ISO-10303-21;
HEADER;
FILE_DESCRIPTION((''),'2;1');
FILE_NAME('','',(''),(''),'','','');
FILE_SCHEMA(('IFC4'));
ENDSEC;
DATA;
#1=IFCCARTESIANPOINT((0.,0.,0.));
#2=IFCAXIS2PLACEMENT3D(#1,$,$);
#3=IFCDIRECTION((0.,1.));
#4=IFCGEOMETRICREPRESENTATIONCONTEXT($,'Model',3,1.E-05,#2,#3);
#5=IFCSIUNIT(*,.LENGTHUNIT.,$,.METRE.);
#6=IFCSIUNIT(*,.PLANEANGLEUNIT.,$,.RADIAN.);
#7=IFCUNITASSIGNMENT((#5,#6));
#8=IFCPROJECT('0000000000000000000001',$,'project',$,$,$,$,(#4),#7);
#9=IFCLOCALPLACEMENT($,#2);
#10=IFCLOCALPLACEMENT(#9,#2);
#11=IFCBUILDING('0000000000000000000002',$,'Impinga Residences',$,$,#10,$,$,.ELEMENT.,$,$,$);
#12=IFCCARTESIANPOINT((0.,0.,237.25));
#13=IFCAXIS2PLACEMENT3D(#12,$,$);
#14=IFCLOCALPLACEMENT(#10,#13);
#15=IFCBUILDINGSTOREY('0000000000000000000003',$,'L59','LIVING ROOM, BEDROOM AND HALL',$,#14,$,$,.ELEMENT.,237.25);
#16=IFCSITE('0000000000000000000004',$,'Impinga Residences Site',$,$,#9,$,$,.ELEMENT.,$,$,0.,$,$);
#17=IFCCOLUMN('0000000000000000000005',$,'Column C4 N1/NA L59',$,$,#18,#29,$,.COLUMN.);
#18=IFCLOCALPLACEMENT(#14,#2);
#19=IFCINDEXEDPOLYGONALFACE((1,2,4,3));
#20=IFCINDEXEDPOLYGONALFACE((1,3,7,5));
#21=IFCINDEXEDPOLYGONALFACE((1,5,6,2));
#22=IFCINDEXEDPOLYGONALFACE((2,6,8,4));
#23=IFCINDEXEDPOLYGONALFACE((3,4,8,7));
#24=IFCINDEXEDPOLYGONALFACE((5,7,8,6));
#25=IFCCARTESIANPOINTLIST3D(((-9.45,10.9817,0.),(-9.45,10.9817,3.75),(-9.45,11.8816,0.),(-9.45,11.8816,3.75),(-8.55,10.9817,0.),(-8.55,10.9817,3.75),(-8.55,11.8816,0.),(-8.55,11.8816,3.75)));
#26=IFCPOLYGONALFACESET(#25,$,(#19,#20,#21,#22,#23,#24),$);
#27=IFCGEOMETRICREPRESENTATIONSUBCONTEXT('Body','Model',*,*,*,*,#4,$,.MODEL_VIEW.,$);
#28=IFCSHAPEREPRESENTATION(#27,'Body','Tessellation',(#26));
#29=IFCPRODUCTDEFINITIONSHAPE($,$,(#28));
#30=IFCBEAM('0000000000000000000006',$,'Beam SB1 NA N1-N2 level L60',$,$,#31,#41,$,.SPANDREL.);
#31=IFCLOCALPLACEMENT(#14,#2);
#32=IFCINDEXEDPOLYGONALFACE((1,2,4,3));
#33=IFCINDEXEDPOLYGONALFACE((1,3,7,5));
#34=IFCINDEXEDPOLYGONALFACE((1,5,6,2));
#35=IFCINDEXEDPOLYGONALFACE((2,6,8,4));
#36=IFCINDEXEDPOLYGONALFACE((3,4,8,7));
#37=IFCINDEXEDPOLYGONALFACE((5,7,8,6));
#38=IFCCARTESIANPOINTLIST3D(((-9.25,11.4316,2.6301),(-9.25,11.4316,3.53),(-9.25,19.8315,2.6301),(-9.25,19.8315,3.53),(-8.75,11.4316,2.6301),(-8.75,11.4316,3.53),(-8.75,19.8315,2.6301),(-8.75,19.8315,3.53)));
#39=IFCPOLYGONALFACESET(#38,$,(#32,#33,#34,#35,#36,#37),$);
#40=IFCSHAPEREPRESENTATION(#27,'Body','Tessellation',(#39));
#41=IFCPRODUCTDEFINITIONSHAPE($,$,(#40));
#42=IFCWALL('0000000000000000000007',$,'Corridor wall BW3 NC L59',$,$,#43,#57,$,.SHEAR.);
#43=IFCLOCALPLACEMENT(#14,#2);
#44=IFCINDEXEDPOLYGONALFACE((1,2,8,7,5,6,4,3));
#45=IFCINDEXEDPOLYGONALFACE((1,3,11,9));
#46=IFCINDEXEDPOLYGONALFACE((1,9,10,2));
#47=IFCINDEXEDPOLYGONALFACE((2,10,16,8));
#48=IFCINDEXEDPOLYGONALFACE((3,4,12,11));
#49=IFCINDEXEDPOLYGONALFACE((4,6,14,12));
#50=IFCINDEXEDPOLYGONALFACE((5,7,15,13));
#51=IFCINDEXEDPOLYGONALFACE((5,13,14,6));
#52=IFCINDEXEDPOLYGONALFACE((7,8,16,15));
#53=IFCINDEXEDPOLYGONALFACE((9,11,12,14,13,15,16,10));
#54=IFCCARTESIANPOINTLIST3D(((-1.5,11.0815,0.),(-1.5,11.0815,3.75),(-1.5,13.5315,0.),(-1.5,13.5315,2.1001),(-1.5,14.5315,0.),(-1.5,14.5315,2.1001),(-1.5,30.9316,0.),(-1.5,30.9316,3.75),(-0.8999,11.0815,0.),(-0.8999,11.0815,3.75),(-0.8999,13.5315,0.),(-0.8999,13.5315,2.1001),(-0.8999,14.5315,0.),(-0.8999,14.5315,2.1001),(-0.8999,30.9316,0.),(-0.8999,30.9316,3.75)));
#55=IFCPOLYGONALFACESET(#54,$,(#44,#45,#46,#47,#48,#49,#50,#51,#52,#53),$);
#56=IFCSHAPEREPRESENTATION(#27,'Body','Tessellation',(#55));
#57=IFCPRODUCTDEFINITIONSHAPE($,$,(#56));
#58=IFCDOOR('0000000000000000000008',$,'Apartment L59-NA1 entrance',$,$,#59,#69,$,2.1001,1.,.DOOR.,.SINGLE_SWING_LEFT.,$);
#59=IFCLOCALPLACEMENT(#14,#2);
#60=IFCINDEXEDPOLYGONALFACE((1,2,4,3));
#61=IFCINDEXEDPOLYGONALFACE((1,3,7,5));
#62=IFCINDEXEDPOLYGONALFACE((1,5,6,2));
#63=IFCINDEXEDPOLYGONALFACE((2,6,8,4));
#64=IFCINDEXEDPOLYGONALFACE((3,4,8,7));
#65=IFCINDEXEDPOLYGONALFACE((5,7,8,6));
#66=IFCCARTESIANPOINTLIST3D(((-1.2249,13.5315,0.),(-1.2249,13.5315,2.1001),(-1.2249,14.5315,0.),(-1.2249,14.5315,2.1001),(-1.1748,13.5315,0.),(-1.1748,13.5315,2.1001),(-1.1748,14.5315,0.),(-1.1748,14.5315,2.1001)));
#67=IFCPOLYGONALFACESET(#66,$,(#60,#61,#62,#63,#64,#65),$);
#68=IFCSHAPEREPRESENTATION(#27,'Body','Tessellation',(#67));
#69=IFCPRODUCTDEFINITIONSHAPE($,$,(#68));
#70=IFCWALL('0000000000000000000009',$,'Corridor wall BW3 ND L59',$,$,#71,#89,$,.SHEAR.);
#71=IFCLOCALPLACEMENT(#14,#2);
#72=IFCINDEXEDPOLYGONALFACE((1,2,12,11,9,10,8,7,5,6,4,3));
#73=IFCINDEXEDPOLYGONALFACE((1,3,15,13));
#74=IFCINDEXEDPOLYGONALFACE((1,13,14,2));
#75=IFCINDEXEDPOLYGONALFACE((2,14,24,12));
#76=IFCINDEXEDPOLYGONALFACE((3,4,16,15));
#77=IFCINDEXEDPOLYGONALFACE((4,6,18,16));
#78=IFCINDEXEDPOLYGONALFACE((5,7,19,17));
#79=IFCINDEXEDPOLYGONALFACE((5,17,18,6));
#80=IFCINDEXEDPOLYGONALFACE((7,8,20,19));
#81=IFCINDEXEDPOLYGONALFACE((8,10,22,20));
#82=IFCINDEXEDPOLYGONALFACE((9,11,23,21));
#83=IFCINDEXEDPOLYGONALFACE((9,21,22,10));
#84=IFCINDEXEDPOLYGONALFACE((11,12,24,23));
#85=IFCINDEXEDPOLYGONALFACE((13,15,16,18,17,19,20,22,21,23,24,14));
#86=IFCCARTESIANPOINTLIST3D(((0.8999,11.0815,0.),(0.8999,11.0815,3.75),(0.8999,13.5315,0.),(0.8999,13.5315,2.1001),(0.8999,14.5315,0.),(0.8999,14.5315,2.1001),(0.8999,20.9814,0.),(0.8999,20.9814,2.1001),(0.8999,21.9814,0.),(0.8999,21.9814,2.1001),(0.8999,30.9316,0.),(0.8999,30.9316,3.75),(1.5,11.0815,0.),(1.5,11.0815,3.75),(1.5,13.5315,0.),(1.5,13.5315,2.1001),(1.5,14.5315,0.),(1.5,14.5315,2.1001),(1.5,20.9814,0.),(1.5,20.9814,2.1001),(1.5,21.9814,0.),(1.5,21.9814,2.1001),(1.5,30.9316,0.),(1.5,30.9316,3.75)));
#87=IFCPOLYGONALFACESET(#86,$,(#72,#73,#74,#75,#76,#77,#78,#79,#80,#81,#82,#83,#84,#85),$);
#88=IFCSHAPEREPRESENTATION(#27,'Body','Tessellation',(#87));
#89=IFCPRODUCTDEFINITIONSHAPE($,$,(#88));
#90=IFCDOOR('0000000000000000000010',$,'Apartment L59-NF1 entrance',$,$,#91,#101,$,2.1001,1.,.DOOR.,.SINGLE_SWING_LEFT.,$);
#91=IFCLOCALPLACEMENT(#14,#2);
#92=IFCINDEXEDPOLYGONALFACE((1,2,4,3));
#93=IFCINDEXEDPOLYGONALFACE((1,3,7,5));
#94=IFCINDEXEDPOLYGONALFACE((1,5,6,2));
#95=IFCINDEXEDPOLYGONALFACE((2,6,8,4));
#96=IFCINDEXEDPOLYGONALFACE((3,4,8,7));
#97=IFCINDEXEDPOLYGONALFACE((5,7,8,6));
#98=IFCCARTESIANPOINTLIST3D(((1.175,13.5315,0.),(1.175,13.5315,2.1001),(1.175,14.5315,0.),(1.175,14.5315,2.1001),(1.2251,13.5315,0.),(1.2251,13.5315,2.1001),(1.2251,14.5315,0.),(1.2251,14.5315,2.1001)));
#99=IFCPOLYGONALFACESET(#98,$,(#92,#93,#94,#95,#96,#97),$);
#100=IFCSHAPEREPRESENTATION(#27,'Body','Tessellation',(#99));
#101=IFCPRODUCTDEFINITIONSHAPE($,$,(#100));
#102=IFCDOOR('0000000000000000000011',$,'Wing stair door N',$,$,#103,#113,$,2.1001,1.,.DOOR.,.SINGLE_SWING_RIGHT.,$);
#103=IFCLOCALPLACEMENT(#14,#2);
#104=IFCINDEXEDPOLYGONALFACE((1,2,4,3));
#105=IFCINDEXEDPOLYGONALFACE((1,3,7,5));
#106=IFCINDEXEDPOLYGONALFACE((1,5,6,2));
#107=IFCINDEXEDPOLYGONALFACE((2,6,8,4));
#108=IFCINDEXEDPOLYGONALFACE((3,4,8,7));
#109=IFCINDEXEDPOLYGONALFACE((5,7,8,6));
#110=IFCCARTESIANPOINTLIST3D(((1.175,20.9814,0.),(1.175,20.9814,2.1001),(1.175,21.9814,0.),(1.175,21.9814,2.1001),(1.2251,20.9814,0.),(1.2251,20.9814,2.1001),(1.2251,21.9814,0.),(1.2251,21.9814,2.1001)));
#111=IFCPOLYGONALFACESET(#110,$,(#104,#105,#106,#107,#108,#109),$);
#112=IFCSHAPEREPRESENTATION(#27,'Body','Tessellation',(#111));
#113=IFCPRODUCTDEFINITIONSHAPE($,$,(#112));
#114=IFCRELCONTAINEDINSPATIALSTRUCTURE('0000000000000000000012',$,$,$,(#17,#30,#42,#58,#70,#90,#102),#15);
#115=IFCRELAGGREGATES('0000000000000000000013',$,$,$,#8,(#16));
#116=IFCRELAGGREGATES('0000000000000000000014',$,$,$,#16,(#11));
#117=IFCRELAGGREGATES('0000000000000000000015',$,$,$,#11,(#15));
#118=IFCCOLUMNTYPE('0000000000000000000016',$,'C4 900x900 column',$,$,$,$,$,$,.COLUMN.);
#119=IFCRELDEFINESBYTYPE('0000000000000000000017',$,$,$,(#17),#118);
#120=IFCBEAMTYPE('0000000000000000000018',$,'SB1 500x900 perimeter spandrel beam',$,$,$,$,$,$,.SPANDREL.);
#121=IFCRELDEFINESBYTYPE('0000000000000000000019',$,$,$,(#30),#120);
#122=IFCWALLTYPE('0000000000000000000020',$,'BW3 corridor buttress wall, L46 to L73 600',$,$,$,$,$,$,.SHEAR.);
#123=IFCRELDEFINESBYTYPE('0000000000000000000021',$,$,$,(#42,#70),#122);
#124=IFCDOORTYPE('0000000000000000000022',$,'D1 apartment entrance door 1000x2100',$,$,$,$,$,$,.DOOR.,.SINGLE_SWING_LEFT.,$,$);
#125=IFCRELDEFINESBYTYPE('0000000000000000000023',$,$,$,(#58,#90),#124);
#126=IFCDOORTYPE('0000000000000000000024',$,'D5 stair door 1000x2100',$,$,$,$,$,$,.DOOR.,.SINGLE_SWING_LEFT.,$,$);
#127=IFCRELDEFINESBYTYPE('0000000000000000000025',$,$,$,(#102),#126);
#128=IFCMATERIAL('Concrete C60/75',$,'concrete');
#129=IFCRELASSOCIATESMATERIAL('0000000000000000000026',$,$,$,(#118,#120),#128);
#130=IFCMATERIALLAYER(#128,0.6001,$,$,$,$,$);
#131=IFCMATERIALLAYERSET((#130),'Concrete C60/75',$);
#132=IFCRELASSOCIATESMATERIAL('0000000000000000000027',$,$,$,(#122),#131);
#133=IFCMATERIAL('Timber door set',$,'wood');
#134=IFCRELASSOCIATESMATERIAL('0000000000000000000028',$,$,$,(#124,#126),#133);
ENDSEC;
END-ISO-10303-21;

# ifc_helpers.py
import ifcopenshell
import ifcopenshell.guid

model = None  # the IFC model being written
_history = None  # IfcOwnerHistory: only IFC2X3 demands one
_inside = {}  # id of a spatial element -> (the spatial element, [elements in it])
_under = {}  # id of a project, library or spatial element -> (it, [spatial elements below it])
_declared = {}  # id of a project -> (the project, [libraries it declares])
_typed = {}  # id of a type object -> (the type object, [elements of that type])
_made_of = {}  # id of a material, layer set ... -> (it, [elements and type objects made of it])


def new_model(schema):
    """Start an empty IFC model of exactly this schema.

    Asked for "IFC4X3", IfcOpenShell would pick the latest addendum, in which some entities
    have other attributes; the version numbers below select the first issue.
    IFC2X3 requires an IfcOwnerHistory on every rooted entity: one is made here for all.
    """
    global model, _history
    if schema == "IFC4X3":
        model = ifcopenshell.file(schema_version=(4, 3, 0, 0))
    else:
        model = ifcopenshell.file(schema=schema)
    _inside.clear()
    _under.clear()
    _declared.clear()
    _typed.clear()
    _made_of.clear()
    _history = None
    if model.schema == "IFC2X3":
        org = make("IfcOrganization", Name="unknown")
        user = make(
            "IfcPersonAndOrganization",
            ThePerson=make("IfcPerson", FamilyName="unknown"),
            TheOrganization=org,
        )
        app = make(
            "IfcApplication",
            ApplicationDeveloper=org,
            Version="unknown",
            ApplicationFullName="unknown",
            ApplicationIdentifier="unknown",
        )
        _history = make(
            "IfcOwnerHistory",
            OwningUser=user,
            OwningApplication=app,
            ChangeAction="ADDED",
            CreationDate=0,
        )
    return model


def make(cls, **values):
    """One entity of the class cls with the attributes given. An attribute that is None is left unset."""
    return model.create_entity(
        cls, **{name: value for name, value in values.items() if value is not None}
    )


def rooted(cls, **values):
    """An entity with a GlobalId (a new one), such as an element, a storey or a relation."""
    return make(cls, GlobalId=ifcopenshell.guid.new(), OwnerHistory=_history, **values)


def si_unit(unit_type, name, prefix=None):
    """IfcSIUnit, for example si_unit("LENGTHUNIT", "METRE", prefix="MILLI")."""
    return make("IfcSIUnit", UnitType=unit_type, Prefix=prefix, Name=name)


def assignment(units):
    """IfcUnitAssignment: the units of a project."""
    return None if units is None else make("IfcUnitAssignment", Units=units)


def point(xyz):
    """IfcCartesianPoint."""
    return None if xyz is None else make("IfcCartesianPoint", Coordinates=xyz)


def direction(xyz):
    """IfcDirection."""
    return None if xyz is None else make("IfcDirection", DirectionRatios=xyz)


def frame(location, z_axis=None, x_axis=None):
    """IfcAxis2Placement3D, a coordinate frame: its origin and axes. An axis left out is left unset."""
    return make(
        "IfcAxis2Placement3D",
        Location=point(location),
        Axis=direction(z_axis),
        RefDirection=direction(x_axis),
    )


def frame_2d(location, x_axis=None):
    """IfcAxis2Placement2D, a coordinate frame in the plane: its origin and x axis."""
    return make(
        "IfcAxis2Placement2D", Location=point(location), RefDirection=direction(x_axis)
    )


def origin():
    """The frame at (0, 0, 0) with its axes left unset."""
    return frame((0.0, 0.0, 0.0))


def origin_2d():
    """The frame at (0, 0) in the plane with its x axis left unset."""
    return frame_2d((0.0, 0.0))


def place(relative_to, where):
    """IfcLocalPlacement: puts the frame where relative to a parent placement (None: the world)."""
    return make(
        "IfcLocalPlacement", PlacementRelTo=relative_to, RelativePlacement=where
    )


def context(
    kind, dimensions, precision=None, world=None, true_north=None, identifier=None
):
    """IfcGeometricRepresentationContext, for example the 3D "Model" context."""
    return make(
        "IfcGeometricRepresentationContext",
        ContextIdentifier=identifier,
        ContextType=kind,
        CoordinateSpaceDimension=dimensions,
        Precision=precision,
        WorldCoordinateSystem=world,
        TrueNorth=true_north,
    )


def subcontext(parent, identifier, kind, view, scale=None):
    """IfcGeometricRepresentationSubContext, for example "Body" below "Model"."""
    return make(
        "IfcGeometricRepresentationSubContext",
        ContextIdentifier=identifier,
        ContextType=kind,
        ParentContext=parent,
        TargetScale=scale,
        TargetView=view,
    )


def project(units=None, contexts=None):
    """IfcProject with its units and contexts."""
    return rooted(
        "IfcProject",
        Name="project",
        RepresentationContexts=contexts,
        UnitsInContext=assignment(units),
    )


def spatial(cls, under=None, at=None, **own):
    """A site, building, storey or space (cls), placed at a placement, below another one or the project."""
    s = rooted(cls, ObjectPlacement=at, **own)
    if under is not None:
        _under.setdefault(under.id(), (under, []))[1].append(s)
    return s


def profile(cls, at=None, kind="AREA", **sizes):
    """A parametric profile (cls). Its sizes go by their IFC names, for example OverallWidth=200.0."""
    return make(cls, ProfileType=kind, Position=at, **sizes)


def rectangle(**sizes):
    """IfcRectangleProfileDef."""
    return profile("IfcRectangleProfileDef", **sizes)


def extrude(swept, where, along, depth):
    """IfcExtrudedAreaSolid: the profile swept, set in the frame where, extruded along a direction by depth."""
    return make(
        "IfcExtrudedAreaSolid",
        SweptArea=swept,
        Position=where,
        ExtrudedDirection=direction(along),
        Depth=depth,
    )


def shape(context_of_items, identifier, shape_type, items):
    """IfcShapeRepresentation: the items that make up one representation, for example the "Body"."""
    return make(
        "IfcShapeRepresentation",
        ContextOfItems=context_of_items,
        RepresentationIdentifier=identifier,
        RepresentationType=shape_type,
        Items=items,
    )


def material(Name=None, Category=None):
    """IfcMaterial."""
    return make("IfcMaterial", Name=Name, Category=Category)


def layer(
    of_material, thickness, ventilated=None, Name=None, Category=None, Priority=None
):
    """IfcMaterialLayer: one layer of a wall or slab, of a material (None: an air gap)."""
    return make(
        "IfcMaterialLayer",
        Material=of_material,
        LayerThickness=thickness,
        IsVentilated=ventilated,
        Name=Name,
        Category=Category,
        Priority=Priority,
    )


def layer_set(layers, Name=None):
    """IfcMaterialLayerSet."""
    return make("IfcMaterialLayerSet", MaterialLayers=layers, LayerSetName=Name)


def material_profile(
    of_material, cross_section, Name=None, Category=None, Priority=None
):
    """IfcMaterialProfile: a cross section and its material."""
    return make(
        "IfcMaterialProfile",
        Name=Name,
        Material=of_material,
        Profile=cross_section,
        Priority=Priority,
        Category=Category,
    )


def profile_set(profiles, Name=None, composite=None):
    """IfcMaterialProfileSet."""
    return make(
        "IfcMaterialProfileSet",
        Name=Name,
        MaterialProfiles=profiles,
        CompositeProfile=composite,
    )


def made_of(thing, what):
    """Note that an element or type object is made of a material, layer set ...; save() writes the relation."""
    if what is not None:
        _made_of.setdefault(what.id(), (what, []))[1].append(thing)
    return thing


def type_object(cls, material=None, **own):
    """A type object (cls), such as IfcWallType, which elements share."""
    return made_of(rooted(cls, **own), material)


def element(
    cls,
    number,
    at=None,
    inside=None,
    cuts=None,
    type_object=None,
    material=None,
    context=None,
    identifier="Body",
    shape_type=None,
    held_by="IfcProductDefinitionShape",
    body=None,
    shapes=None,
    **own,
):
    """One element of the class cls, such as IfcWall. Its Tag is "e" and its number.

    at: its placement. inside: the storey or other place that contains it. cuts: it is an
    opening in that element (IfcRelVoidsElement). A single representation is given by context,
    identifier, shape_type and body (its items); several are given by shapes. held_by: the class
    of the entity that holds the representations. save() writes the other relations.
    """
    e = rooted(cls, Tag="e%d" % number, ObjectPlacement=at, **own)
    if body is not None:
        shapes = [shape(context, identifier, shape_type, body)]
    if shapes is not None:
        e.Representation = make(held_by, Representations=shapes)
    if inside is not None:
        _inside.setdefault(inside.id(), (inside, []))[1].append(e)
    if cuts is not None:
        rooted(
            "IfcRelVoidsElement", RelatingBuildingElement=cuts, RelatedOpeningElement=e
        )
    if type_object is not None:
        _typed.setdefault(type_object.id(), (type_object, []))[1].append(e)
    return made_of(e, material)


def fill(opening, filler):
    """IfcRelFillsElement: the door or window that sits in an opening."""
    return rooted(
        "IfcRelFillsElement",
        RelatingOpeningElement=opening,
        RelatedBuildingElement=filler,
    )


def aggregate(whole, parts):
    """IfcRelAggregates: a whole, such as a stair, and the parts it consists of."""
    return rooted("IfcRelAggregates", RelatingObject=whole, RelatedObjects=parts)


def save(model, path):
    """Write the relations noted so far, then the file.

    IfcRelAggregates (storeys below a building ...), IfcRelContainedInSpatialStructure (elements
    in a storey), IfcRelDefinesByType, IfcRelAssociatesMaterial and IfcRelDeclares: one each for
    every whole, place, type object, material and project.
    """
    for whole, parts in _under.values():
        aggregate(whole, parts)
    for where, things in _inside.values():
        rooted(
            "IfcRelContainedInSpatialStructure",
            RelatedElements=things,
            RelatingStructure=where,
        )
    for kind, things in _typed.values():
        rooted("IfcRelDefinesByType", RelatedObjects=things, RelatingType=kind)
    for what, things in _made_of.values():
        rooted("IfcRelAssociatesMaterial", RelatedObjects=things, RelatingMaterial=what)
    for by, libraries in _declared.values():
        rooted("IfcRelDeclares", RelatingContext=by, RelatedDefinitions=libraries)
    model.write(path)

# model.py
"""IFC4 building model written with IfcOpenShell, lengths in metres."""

from ifc_helpers import new_model, si_unit, direction, frame, frame_2d, origin, origin_2d, place, context, subcontext, project, spatial, rectangle, extrude, material, layer, layer_set, material_profile, profile_set, type_object, element, fill, save


model = new_model("IFC4")

# Units and contexts
model_context = context("Model", 3, precision=1e-05, world=origin(), true_north=direction((0.0, 1.0)))
body_context = subcontext(model_context, "Body", "Model", "MODEL_VIEW")
ifc_project = project(units=[si_unit("LENGTHUNIT", "METRE"), si_unit("PLANEANGLEUNIT", "RADIAN")], contexts=[model_context])

# Site, building, storey
site_placement = place(None, origin())
site = spatial("IfcSite", under=ifc_project, at=site_placement, Name="Impinga Residences Site", CompositionType="ELEMENT", RefElevation=0.0)
building_placement = place(site_placement, origin())
building = spatial("IfcBuilding", under=site, at=building_placement, Name="Impinga Residences", CompositionType="ELEMENT")
storey_placement = place(building_placement, frame((0.0, 0.0, 237.25)))
storey = spatial("IfcBuildingStorey", under=building, at=storey_placement, Name="L59", Description="LIVING ROOM, BEDROOM AND HALL", CompositionType="ELEMENT", Elevation=237.25)

# Column
ifc_material_1 = material(Name="Concrete C60/75", Category="concrete")
ifc_material_profile_1 = material_profile(ifc_material_1, rectangle(XDim=0.8999, YDim=0.8999, at=origin_2d()), Name="RC 900x900")
ifc_profile_set_1 = profile_set([ifc_material_profile_1], Name="Concrete C60/75")
column_type = type_object("IfcColumnType", Name="C4 900x900 column", PredefinedType="COLUMN", material=ifc_profile_set_1)
column_placement = place(storey_placement, frame((-9.0, 11.4316, 0.0), z_axis=(0.0, 0.0, 1.0), x_axis=(1.0, 0.0, 0.0)))
element("IfcColumn", 1, at=column_placement, inside=storey, type_object=column_type, Name="Column C4 N1/NA L59", PredefinedType="COLUMN", context=body_context, shape_type="SweptSolid", body=[
    extrude(rectangle(XDim=0.8999, YDim=0.8999, at=origin_2d()), origin(), (0.0, 0.0, 1.0), 3.75),
])

# Beam
ifc_material_profile_2 = material_profile(ifc_material_1, rectangle(XDim=0.5, YDim=0.8999, at=origin_2d()), Name="RC 500x900")
ifc_profile_set_2 = profile_set([ifc_material_profile_2], Name="Concrete C60/75")
beam_type = type_object("IfcBeamType", Name="SB1 500x900 perimeter spandrel beam", PredefinedType="SPANDREL", material=ifc_profile_set_2)
beam_placement = place(storey_placement, frame((-9.0, 11.4316, 3.0801), z_axis=(0.0, 1.0, 0.0), x_axis=(-1.0, 0.0, 0.0)))
element("IfcBeam", 2, at=beam_placement, inside=storey, type_object=beam_type, Name="Beam SB1 NA N1-N2 level L60", PredefinedType="SPANDREL", context=body_context, shape_type="SweptSolid", body=[
    extrude(rectangle(XDim=0.5, YDim=0.8999, at=origin_2d()), origin(), (0.0, 0.0, 1.0), 8.3999),
])

# Wall, opening, door
ifc_layer_1 = layer(ifc_material_1, 0.6001)
ifc_layer_set_1 = layer_set([ifc_layer_1], Name="Concrete C60/75")
wall_type_1 = type_object("IfcWallType", Name="BW3 corridor buttress wall, L46 to L73 600", PredefinedType="SHEAR", material=ifc_layer_set_1)
wall_1_placement = place(storey_placement, frame((-1.2, 11.0815, 0.0), z_axis=(0.0, 0.0, 1.0), x_axis=(0.0, 1.0, 0.0)))
wall_1 = element("IfcWall", 3, at=wall_1_placement, inside=storey, type_object=wall_type_1, Name="Corridor wall BW3 NC L59", PredefinedType="SHEAR", context=body_context, shape_type="SweptSolid", body=[
    extrude(rectangle(XDim=19.8501, YDim=0.6001, at=frame_2d((9.925, 0.0))), origin(), (0.0, 0.0, 1.0), 3.75),
])
opening_1_placement = place(wall_1_placement, frame((2.45, 0.0, 0.0)))
opening_1 = element("IfcOpeningElement", 4, at=opening_1_placement, cuts=wall_1, PredefinedType="OPENING", context=body_context, shape_type="SweptSolid", body=[
    extrude(rectangle(XDim=1.0, YDim=2.1001, at=frame_2d((0.5, 1.05))), frame((0.0, 0.3101, 0.0), z_axis=(0.0, -1.0, 0.0), x_axis=(1.0, 0.0, 0.0)), (0.0, 0.0, 1.0), 0.6201),
])
ifc_material_2 = material(Name="Timber door set", Category="wood")
door_type_1 = type_object("IfcDoorType", Name="D1 apartment entrance door 1000x2100", OperationType="SINGLE_SWING_LEFT", PredefinedType="DOOR", material=ifc_material_2)
door_1_placement = place(opening_1_placement, origin())
door_1 = element("IfcDoor", 5, at=door_1_placement, inside=storey, type_object=door_type_1, Name="Apartment L59-NA1 entrance", OperationType="SINGLE_SWING_LEFT", OverallHeight=2.1001, OverallWidth=1.0, PredefinedType="DOOR", context=body_context, shape_type="SweptSolid", body=[
    extrude(rectangle(XDim=1.0, YDim=2.1001, at=frame_2d((0.5, 1.05))), frame((0.0, 0.0249, 0.0), z_axis=(0.0, -1.0, 0.0), x_axis=(1.0, 0.0, 0.0)), (0.0, 0.0, 1.0), 0.05),
])
fill(opening_1, door_1)

# Wall, openings, doors
wall_2_placement = place(storey_placement, frame((1.2, 11.0815, 0.0), z_axis=(0.0, 0.0, 1.0), x_axis=(0.0, 1.0, 0.0)))
wall_2 = element("IfcWall", 6, at=wall_2_placement, inside=storey, type_object=wall_type_1, Name="Corridor wall BW3 ND L59", PredefinedType="SHEAR", context=body_context, shape_type="SweptSolid", body=[
    extrude(rectangle(XDim=19.8501, YDim=0.6001, at=frame_2d((9.925, 0.0))), origin(), (0.0, 0.0, 1.0), 3.75),
])
opening_2_placement = place(wall_2_placement, frame((9.8999, 0.0, 0.0)))
opening_2 = element("IfcOpeningElement", 7, at=opening_2_placement, cuts=wall_2, PredefinedType="OPENING", context=body_context, shape_type="SweptSolid", body=[
    extrude(rectangle(XDim=1.0, YDim=2.1001, at=frame_2d((0.5, 1.05))), frame((0.0, 0.3101, 0.0), z_axis=(0.0, -1.0, 0.0), x_axis=(1.0, 0.0, 0.0)), (0.0, 0.0, 1.0), 0.6201),
])
opening_3_placement = place(wall_2_placement, frame((2.45, 0.0, 0.0)))
opening_3 = element("IfcOpeningElement", 8, at=opening_3_placement, cuts=wall_2, PredefinedType="OPENING", context=body_context, shape_type="SweptSolid", body=[
    extrude(rectangle(XDim=1.0, YDim=2.1001, at=frame_2d((0.5, 1.05))), frame((0.0, 0.3101, 0.0), z_axis=(0.0, -1.0, 0.0), x_axis=(1.0, 0.0, 0.0)), (0.0, 0.0, 1.0), 0.6201),
])
door_2_placement = place(opening_3_placement, origin())
door_2 = element("IfcDoor", 9, at=door_2_placement, inside=storey, type_object=door_type_1, Name="Apartment L59-NF1 entrance", OperationType="SINGLE_SWING_LEFT", OverallHeight=2.1001, OverallWidth=1.0, PredefinedType="DOOR", context=body_context, shape_type="SweptSolid", body=[
    extrude(rectangle(XDim=1.0, YDim=2.1001, at=frame_2d((0.5, 1.05))), frame((0.0, 0.0249, 0.0), z_axis=(0.0, -1.0, 0.0), x_axis=(1.0, 0.0, 0.0)), (0.0, 0.0, 1.0), 0.05),
])
fill(opening_3, door_2)
door_type_2 = type_object("IfcDoorType", Name="D5 stair door 1000x2100", OperationType="SINGLE_SWING_LEFT", PredefinedType="DOOR", material=ifc_material_2)
door_3_placement = place(opening_2_placement, origin())
door_3 = element("IfcDoor", 10, at=door_3_placement, inside=storey, type_object=door_type_2, Name="Wing stair door N", OperationType="SINGLE_SWING_RIGHT", OverallHeight=2.1001, OverallWidth=1.0, PredefinedType="DOOR", context=body_context, shape_type="SweptSolid", body=[
    extrude(rectangle(XDim=1.0, YDim=2.1001, at=frame_2d((0.5, 1.05))), frame((0.0, 0.0249, 0.0), z_axis=(0.0, -1.0, 0.0), x_axis=(1.0, 0.0, 0.0)), (0.0, 0.0, 1.0), 0.05),
])
fill(opening_2, door_3)

save(model, "model.ifc")
